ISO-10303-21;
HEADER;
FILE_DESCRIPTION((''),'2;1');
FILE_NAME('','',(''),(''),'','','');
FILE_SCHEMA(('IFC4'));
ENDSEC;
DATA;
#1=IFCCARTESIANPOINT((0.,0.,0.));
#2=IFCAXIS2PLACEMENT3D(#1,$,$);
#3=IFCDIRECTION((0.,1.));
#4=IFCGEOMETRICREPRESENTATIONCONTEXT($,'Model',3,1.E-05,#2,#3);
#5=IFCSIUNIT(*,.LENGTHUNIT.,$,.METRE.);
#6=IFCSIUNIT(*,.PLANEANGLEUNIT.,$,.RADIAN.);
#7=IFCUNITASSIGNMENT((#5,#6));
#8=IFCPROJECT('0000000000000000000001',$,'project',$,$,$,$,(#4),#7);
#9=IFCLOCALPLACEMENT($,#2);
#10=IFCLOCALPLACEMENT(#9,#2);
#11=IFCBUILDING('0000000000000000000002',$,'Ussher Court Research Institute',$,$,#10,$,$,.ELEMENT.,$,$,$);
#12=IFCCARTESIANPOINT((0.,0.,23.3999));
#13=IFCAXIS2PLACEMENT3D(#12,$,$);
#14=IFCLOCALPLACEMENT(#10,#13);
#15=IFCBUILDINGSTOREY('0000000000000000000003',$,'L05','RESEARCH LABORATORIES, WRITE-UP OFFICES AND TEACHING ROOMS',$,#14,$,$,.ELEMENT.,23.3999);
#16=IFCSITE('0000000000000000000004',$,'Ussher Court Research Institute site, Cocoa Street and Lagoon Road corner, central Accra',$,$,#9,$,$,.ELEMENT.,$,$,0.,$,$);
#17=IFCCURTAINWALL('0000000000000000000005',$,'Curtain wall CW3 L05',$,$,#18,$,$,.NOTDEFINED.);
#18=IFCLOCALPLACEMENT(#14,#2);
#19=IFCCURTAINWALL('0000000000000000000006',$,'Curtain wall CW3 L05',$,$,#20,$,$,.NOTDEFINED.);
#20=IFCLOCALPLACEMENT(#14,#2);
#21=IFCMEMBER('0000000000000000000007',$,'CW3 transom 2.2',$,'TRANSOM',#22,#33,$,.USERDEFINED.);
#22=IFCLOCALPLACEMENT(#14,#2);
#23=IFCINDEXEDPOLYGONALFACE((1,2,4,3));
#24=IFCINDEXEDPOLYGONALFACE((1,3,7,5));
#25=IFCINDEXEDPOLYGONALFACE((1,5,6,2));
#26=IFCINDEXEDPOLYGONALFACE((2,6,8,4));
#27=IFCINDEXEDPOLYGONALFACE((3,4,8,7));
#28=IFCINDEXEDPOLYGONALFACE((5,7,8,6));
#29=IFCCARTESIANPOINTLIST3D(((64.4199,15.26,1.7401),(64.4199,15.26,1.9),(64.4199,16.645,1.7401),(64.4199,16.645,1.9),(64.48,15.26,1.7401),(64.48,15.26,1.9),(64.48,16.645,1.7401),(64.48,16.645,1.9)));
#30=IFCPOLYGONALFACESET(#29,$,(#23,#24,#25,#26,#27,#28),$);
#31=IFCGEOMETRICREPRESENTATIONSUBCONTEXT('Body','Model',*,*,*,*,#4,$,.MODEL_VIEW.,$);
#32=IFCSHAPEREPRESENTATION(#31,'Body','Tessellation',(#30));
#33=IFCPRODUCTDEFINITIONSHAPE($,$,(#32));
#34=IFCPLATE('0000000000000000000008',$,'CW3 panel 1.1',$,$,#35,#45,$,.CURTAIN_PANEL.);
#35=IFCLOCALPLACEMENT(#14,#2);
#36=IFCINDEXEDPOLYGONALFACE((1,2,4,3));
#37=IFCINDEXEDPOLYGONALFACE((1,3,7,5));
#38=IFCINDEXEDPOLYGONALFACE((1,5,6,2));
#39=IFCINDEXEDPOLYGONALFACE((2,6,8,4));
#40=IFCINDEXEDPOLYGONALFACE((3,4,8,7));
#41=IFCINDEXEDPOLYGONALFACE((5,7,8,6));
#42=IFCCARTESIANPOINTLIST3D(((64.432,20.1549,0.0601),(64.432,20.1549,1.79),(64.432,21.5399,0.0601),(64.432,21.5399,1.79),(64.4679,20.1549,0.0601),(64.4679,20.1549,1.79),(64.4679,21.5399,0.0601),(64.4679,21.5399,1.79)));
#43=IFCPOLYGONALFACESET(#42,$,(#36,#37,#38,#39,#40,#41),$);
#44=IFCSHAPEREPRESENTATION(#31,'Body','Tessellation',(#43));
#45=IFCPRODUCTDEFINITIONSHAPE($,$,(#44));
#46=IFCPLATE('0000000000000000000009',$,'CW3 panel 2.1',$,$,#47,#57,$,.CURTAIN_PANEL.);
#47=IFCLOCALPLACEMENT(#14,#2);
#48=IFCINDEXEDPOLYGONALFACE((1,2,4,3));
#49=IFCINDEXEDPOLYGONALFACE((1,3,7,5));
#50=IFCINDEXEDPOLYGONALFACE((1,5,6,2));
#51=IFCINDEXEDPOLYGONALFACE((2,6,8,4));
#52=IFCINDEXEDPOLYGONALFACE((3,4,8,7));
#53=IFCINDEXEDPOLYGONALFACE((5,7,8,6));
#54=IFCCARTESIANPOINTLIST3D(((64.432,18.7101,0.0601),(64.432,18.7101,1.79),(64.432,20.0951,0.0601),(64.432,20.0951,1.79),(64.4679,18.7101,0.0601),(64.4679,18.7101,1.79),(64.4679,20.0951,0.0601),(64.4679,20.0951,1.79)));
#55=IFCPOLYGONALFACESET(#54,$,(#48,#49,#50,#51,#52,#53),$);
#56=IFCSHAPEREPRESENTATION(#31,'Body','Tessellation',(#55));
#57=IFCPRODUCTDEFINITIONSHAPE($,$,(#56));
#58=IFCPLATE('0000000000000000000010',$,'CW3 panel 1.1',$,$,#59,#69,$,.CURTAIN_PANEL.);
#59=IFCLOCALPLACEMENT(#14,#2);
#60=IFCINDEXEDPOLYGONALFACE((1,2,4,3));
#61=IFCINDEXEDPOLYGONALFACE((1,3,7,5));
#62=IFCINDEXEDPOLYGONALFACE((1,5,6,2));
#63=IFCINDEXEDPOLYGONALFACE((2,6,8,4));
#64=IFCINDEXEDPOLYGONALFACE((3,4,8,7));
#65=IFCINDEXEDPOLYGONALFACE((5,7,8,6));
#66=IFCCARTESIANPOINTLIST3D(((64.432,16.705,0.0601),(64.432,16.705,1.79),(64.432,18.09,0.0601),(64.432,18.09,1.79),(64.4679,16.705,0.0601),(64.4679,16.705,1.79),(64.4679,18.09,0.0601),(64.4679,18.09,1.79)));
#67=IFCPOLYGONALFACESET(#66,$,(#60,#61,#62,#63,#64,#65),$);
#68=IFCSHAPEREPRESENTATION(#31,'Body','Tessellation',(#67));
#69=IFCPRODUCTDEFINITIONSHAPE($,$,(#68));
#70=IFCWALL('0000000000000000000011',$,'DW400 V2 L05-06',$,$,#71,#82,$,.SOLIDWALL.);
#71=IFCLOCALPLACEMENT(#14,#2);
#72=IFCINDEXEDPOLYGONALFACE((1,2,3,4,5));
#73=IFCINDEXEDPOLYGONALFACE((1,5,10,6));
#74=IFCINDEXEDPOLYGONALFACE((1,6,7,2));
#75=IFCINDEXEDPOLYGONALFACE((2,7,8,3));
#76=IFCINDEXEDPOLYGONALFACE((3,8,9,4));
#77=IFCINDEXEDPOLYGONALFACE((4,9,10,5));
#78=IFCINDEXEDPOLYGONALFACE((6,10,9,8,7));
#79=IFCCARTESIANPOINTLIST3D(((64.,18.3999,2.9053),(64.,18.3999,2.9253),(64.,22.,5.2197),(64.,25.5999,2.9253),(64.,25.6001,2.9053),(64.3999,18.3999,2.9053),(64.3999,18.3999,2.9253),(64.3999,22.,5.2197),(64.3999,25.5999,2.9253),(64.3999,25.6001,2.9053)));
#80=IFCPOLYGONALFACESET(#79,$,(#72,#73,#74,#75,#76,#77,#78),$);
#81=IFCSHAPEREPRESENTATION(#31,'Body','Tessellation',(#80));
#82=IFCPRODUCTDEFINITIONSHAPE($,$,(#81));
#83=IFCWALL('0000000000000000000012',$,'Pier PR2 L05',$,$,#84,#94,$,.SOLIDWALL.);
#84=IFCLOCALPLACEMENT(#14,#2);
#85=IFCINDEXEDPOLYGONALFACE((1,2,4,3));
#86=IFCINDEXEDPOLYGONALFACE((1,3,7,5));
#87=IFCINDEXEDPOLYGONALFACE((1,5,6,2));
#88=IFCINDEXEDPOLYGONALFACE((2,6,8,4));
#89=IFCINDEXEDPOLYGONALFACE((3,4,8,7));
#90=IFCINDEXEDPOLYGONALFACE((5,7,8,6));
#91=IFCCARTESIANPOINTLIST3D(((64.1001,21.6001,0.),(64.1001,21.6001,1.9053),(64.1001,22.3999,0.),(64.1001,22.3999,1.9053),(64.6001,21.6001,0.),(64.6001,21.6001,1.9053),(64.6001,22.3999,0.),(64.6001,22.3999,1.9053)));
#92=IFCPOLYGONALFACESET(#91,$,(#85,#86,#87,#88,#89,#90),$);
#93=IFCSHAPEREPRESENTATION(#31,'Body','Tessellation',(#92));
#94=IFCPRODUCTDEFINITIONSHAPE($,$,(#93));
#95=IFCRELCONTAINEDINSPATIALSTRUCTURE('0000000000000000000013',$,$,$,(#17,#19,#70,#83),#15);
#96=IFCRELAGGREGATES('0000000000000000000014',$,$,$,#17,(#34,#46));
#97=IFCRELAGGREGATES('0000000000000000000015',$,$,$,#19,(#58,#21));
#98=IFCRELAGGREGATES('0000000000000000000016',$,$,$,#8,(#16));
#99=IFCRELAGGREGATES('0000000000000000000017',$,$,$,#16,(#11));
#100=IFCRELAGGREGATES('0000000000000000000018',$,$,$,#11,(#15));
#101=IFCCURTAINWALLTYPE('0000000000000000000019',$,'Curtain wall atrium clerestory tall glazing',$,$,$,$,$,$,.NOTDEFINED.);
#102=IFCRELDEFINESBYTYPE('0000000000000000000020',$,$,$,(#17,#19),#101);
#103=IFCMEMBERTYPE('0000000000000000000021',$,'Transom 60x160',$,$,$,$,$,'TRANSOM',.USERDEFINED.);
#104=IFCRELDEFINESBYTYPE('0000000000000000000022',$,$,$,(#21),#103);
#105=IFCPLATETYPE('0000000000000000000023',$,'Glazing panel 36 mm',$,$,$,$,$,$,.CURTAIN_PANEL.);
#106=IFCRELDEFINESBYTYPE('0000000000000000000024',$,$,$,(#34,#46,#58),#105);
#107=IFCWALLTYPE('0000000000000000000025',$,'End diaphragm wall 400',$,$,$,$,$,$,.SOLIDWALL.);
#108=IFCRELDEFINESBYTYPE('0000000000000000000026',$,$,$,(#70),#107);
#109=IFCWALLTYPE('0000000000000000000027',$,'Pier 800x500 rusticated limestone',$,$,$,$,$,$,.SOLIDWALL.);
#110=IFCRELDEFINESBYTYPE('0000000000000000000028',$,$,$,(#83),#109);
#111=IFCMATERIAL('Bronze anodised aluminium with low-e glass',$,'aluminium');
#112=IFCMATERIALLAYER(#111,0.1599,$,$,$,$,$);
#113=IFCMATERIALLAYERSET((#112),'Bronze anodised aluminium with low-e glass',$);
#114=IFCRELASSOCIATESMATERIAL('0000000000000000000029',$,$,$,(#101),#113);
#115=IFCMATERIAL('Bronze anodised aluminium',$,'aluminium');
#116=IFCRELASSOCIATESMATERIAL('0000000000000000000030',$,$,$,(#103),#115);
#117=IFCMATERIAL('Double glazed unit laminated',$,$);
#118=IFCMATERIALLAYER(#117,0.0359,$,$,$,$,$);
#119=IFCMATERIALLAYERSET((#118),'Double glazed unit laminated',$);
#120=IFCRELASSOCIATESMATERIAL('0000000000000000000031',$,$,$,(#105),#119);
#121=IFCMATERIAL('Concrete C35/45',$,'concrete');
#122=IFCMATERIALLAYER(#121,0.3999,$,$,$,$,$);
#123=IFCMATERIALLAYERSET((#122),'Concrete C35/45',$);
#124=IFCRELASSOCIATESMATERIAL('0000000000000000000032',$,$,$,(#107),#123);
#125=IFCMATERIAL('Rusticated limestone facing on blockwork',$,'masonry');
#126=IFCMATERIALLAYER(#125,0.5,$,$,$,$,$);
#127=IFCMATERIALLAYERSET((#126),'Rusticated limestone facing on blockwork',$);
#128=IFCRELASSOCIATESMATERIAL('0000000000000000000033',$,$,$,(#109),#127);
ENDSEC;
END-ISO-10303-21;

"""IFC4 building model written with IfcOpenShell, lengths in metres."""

from ifc_helpers import new_model, si_unit, direction, frame, frame_2d, origin, origin_2d, place, context, subcontext, project, spatial, polyline, rectangle, outline, extrude, material, layer, layer_set, material_profile, profile_set, type_object, element, aggregate, save


model = new_model("IFC4")

# Units and contexts
model_context = context("Model", 3, precision=1e-05, world=origin(), true_north=direction((0.0, 1.0)))
body_context = subcontext(model_context, "Body", "Model", "MODEL_VIEW")
ifc_project = project(units=[si_unit("LENGTHUNIT", "METRE"), si_unit("PLANEANGLEUNIT", "RADIAN")], contexts=[model_context])

# Site, building, storey
site_placement = place(None, origin())
site = spatial("IfcSite", under=ifc_project, at=site_placement, Name="Ussher Court Research Institute site, Cocoa Street and Lagoon Road corner, central Accra", CompositionType="ELEMENT", RefElevation=0.0)
building_placement = place(site_placement, origin())
building = spatial("IfcBuilding", under=site, at=building_placement, Name="Ussher Court Research Institute", CompositionType="ELEMENT")
storey_placement = place(building_placement, frame((0.0, 0.0, 23.3999)))
storey = spatial("IfcBuildingStorey", under=building, at=storey_placement, Name="L05", Description="RESEARCH LABORATORIES, WRITE-UP OFFICES AND TEACHING ROOMS", CompositionType="ELEMENT", Elevation=23.3999)

# Shared definitions
ifc_material_1 = material(Name="Bronze anodised aluminium with low-e glass", Category="aluminium")
ifc_layer_1 = layer(ifc_material_1, 0.1599)
ifc_layer_set_1 = layer_set([ifc_layer_1], Name="Bronze anodised aluminium with low-e glass")
curtain_wall_type = type_object("IfcCurtainWallType", Name="Curtain wall atrium clerestory tall glazing", PredefinedType="NOTDEFINED", material=ifc_layer_set_1)

# Curtain walls
curtain_wall_1_placement = place(storey_placement, origin())
curtain_wall_1 = element("IfcCurtainWall", 1, at=curtain_wall_1_placement, inside=storey, type_object=curtain_wall_type, Name="Curtain wall CW3 L05", PredefinedType="NOTDEFINED")
curtain_wall_2_placement = place(storey_placement, origin())
curtain_wall_2 = element("IfcCurtainWall", 2, at=curtain_wall_2_placement, inside=storey, type_object=curtain_wall_type, Name="Curtain wall CW3 L05", PredefinedType="NOTDEFINED")

# Member
ifc_material_2 = material(Name="Bronze anodised aluminium", Category="aluminium")
ifc_material_profile_1 = material_profile(ifc_material_2, rectangle(XDim=0.0601, YDim=0.1599, at=origin_2d()), Name="Transom 60x160")
ifc_profile_set_1 = profile_set([ifc_material_profile_1], Name="Bronze anodised aluminium")
member_type_1 = type_object("IfcMemberType", Name="Transom 60x160", ElementType="TRANSOM", PredefinedType="USERDEFINED", material=ifc_profile_set_1)
member_1_placement = place(storey_placement, frame((64.45, 16.645, 1.8201), z_axis=(0.0, -1.0, 0.0), x_axis=(1.0, 0.0, 0.0)))
member_1 = element("IfcMember", 3, at=member_1_placement, type_object=member_type_1, Name="CW3 transom 2.2", ObjectType="TRANSOM", PredefinedType="USERDEFINED", context=body_context, shape_type="SweptSolid", body=[
    extrude(rectangle(XDim=0.0601, YDim=0.1599, at=origin_2d()), origin(), (0.0, 0.0, 1.0), 1.385),
])

# Plates
ifc_material_3 = material(Name="Double glazed unit laminated")
ifc_layer_2 = layer(ifc_material_3, 0.0359)
ifc_layer_set_2 = layer_set([ifc_layer_2], Name="Double glazed unit laminated")
plate_type = type_object("IfcPlateType", Name="Glazing panel 36 mm", PredefinedType="CURTAIN_PANEL", material=ifc_layer_set_2)
plate_1_placement = place(storey_placement, frame((64.45, 20.8474, 0.0601), z_axis=(0.0, 0.0, 1.0), x_axis=(0.0, -1.0, 0.0)))
plate_1 = element("IfcPlate", 4, at=plate_1_placement, type_object=plate_type, Name="CW3 panel 1.1", PredefinedType="CURTAIN_PANEL", context=body_context, shape_type="SweptSolid", body=[
    extrude(rectangle(XDim=1.385, YDim=0.0359, at=origin_2d()), origin(), (0.0, 0.0, 1.0), 1.73),
])
plate_2_placement = place(storey_placement, frame((64.45, 19.4026, 0.0601), z_axis=(0.0, 0.0, 1.0), x_axis=(0.0, -1.0, 0.0)))
plate_2 = element("IfcPlate", 5, at=plate_2_placement, type_object=plate_type, Name="CW3 panel 2.1", PredefinedType="CURTAIN_PANEL", context=body_context, shape_type="SweptSolid", body=[
    extrude(rectangle(XDim=1.385, YDim=0.0359, at=origin_2d()), origin(), (0.0, 0.0, 1.0), 1.73),
])
aggregate(curtain_wall_1, [plate_1, plate_2])
plate_3_placement = place(storey_placement, frame((64.45, 17.3975, 0.0601), z_axis=(0.0, 0.0, 1.0), x_axis=(0.0, -1.0, 0.0)))
plate_3 = element("IfcPlate", 6, at=plate_3_placement, type_object=plate_type, Name="CW3 panel 1.1", PredefinedType="CURTAIN_PANEL", context=body_context, shape_type="SweptSolid", body=[
    extrude(rectangle(XDim=1.385, YDim=0.0359, at=origin_2d()), origin(), (0.0, 0.0, 1.0), 1.73),
])
aggregate(curtain_wall_2, [plate_3, member_1])

# Walls
ifc_material_4 = material(Name="Concrete C35/45", Category="concrete")
ifc_layer_3 = layer(ifc_material_4, 0.3999)
ifc_layer_set_3 = layer_set([ifc_layer_3], Name="Concrete C35/45")
wall_type_1 = type_object("IfcWallType", Name="End diaphragm wall 400", PredefinedType="SOLIDWALL", material=ifc_layer_set_3)
wall_1_placement = place(storey_placement, frame((64.2, 18.3999, 2.9053), z_axis=(0.0, 0.0, 1.0), x_axis=(0.0, 1.0, 0.0)))
element("IfcWall", 7, at=wall_1_placement, inside=storey, type_object=wall_type_1, Name="DW400 V2 L05-06", PredefinedType="SOLIDWALL", context=body_context, shape_type="SweptSolid", body=[
    extrude(outline(polyline([(0.0, 0.0), (7.2002, 0.0), (7.2, 0.02), (3.6001, 2.3145), (0.0, 0.02), (0.0, 0.0)])), frame((0.0, 0.2, 0.0), z_axis=(0.0, -1.0, 0.0), x_axis=(1.0, 0.0, 0.0)), (0.0, 0.0, 1.0), 0.3999),
])
ifc_material_5 = material(Name="Rusticated limestone facing on blockwork", Category="masonry")
ifc_layer_4 = layer(ifc_material_5, 0.5)
ifc_layer_set_4 = layer_set([ifc_layer_4], Name="Rusticated limestone facing on blockwork")
wall_type_2 = type_object("IfcWallType", Name="Pier 800x500 rusticated limestone", PredefinedType="SOLIDWALL", material=ifc_layer_set_4)
wall_2_placement = place(storey_placement, frame((64.3501, 22.3999, 0.0), z_axis=(0.0, 0.0, 1.0), x_axis=(0.0, -1.0, 0.0)))
element("IfcWall", 8, at=wall_2_placement, inside=storey, type_object=wall_type_2, Name="Pier PR2 L05", PredefinedType="SOLIDWALL", context=body_context, shape_type="SweptSolid", body=[
    extrude(rectangle(XDim=0.7998, YDim=0.5, at=frame_2d((0.3999, 0.0))), origin(), (0.0, 0.0, 1.0), 1.9053),
])

save(model, "model.ifc")
